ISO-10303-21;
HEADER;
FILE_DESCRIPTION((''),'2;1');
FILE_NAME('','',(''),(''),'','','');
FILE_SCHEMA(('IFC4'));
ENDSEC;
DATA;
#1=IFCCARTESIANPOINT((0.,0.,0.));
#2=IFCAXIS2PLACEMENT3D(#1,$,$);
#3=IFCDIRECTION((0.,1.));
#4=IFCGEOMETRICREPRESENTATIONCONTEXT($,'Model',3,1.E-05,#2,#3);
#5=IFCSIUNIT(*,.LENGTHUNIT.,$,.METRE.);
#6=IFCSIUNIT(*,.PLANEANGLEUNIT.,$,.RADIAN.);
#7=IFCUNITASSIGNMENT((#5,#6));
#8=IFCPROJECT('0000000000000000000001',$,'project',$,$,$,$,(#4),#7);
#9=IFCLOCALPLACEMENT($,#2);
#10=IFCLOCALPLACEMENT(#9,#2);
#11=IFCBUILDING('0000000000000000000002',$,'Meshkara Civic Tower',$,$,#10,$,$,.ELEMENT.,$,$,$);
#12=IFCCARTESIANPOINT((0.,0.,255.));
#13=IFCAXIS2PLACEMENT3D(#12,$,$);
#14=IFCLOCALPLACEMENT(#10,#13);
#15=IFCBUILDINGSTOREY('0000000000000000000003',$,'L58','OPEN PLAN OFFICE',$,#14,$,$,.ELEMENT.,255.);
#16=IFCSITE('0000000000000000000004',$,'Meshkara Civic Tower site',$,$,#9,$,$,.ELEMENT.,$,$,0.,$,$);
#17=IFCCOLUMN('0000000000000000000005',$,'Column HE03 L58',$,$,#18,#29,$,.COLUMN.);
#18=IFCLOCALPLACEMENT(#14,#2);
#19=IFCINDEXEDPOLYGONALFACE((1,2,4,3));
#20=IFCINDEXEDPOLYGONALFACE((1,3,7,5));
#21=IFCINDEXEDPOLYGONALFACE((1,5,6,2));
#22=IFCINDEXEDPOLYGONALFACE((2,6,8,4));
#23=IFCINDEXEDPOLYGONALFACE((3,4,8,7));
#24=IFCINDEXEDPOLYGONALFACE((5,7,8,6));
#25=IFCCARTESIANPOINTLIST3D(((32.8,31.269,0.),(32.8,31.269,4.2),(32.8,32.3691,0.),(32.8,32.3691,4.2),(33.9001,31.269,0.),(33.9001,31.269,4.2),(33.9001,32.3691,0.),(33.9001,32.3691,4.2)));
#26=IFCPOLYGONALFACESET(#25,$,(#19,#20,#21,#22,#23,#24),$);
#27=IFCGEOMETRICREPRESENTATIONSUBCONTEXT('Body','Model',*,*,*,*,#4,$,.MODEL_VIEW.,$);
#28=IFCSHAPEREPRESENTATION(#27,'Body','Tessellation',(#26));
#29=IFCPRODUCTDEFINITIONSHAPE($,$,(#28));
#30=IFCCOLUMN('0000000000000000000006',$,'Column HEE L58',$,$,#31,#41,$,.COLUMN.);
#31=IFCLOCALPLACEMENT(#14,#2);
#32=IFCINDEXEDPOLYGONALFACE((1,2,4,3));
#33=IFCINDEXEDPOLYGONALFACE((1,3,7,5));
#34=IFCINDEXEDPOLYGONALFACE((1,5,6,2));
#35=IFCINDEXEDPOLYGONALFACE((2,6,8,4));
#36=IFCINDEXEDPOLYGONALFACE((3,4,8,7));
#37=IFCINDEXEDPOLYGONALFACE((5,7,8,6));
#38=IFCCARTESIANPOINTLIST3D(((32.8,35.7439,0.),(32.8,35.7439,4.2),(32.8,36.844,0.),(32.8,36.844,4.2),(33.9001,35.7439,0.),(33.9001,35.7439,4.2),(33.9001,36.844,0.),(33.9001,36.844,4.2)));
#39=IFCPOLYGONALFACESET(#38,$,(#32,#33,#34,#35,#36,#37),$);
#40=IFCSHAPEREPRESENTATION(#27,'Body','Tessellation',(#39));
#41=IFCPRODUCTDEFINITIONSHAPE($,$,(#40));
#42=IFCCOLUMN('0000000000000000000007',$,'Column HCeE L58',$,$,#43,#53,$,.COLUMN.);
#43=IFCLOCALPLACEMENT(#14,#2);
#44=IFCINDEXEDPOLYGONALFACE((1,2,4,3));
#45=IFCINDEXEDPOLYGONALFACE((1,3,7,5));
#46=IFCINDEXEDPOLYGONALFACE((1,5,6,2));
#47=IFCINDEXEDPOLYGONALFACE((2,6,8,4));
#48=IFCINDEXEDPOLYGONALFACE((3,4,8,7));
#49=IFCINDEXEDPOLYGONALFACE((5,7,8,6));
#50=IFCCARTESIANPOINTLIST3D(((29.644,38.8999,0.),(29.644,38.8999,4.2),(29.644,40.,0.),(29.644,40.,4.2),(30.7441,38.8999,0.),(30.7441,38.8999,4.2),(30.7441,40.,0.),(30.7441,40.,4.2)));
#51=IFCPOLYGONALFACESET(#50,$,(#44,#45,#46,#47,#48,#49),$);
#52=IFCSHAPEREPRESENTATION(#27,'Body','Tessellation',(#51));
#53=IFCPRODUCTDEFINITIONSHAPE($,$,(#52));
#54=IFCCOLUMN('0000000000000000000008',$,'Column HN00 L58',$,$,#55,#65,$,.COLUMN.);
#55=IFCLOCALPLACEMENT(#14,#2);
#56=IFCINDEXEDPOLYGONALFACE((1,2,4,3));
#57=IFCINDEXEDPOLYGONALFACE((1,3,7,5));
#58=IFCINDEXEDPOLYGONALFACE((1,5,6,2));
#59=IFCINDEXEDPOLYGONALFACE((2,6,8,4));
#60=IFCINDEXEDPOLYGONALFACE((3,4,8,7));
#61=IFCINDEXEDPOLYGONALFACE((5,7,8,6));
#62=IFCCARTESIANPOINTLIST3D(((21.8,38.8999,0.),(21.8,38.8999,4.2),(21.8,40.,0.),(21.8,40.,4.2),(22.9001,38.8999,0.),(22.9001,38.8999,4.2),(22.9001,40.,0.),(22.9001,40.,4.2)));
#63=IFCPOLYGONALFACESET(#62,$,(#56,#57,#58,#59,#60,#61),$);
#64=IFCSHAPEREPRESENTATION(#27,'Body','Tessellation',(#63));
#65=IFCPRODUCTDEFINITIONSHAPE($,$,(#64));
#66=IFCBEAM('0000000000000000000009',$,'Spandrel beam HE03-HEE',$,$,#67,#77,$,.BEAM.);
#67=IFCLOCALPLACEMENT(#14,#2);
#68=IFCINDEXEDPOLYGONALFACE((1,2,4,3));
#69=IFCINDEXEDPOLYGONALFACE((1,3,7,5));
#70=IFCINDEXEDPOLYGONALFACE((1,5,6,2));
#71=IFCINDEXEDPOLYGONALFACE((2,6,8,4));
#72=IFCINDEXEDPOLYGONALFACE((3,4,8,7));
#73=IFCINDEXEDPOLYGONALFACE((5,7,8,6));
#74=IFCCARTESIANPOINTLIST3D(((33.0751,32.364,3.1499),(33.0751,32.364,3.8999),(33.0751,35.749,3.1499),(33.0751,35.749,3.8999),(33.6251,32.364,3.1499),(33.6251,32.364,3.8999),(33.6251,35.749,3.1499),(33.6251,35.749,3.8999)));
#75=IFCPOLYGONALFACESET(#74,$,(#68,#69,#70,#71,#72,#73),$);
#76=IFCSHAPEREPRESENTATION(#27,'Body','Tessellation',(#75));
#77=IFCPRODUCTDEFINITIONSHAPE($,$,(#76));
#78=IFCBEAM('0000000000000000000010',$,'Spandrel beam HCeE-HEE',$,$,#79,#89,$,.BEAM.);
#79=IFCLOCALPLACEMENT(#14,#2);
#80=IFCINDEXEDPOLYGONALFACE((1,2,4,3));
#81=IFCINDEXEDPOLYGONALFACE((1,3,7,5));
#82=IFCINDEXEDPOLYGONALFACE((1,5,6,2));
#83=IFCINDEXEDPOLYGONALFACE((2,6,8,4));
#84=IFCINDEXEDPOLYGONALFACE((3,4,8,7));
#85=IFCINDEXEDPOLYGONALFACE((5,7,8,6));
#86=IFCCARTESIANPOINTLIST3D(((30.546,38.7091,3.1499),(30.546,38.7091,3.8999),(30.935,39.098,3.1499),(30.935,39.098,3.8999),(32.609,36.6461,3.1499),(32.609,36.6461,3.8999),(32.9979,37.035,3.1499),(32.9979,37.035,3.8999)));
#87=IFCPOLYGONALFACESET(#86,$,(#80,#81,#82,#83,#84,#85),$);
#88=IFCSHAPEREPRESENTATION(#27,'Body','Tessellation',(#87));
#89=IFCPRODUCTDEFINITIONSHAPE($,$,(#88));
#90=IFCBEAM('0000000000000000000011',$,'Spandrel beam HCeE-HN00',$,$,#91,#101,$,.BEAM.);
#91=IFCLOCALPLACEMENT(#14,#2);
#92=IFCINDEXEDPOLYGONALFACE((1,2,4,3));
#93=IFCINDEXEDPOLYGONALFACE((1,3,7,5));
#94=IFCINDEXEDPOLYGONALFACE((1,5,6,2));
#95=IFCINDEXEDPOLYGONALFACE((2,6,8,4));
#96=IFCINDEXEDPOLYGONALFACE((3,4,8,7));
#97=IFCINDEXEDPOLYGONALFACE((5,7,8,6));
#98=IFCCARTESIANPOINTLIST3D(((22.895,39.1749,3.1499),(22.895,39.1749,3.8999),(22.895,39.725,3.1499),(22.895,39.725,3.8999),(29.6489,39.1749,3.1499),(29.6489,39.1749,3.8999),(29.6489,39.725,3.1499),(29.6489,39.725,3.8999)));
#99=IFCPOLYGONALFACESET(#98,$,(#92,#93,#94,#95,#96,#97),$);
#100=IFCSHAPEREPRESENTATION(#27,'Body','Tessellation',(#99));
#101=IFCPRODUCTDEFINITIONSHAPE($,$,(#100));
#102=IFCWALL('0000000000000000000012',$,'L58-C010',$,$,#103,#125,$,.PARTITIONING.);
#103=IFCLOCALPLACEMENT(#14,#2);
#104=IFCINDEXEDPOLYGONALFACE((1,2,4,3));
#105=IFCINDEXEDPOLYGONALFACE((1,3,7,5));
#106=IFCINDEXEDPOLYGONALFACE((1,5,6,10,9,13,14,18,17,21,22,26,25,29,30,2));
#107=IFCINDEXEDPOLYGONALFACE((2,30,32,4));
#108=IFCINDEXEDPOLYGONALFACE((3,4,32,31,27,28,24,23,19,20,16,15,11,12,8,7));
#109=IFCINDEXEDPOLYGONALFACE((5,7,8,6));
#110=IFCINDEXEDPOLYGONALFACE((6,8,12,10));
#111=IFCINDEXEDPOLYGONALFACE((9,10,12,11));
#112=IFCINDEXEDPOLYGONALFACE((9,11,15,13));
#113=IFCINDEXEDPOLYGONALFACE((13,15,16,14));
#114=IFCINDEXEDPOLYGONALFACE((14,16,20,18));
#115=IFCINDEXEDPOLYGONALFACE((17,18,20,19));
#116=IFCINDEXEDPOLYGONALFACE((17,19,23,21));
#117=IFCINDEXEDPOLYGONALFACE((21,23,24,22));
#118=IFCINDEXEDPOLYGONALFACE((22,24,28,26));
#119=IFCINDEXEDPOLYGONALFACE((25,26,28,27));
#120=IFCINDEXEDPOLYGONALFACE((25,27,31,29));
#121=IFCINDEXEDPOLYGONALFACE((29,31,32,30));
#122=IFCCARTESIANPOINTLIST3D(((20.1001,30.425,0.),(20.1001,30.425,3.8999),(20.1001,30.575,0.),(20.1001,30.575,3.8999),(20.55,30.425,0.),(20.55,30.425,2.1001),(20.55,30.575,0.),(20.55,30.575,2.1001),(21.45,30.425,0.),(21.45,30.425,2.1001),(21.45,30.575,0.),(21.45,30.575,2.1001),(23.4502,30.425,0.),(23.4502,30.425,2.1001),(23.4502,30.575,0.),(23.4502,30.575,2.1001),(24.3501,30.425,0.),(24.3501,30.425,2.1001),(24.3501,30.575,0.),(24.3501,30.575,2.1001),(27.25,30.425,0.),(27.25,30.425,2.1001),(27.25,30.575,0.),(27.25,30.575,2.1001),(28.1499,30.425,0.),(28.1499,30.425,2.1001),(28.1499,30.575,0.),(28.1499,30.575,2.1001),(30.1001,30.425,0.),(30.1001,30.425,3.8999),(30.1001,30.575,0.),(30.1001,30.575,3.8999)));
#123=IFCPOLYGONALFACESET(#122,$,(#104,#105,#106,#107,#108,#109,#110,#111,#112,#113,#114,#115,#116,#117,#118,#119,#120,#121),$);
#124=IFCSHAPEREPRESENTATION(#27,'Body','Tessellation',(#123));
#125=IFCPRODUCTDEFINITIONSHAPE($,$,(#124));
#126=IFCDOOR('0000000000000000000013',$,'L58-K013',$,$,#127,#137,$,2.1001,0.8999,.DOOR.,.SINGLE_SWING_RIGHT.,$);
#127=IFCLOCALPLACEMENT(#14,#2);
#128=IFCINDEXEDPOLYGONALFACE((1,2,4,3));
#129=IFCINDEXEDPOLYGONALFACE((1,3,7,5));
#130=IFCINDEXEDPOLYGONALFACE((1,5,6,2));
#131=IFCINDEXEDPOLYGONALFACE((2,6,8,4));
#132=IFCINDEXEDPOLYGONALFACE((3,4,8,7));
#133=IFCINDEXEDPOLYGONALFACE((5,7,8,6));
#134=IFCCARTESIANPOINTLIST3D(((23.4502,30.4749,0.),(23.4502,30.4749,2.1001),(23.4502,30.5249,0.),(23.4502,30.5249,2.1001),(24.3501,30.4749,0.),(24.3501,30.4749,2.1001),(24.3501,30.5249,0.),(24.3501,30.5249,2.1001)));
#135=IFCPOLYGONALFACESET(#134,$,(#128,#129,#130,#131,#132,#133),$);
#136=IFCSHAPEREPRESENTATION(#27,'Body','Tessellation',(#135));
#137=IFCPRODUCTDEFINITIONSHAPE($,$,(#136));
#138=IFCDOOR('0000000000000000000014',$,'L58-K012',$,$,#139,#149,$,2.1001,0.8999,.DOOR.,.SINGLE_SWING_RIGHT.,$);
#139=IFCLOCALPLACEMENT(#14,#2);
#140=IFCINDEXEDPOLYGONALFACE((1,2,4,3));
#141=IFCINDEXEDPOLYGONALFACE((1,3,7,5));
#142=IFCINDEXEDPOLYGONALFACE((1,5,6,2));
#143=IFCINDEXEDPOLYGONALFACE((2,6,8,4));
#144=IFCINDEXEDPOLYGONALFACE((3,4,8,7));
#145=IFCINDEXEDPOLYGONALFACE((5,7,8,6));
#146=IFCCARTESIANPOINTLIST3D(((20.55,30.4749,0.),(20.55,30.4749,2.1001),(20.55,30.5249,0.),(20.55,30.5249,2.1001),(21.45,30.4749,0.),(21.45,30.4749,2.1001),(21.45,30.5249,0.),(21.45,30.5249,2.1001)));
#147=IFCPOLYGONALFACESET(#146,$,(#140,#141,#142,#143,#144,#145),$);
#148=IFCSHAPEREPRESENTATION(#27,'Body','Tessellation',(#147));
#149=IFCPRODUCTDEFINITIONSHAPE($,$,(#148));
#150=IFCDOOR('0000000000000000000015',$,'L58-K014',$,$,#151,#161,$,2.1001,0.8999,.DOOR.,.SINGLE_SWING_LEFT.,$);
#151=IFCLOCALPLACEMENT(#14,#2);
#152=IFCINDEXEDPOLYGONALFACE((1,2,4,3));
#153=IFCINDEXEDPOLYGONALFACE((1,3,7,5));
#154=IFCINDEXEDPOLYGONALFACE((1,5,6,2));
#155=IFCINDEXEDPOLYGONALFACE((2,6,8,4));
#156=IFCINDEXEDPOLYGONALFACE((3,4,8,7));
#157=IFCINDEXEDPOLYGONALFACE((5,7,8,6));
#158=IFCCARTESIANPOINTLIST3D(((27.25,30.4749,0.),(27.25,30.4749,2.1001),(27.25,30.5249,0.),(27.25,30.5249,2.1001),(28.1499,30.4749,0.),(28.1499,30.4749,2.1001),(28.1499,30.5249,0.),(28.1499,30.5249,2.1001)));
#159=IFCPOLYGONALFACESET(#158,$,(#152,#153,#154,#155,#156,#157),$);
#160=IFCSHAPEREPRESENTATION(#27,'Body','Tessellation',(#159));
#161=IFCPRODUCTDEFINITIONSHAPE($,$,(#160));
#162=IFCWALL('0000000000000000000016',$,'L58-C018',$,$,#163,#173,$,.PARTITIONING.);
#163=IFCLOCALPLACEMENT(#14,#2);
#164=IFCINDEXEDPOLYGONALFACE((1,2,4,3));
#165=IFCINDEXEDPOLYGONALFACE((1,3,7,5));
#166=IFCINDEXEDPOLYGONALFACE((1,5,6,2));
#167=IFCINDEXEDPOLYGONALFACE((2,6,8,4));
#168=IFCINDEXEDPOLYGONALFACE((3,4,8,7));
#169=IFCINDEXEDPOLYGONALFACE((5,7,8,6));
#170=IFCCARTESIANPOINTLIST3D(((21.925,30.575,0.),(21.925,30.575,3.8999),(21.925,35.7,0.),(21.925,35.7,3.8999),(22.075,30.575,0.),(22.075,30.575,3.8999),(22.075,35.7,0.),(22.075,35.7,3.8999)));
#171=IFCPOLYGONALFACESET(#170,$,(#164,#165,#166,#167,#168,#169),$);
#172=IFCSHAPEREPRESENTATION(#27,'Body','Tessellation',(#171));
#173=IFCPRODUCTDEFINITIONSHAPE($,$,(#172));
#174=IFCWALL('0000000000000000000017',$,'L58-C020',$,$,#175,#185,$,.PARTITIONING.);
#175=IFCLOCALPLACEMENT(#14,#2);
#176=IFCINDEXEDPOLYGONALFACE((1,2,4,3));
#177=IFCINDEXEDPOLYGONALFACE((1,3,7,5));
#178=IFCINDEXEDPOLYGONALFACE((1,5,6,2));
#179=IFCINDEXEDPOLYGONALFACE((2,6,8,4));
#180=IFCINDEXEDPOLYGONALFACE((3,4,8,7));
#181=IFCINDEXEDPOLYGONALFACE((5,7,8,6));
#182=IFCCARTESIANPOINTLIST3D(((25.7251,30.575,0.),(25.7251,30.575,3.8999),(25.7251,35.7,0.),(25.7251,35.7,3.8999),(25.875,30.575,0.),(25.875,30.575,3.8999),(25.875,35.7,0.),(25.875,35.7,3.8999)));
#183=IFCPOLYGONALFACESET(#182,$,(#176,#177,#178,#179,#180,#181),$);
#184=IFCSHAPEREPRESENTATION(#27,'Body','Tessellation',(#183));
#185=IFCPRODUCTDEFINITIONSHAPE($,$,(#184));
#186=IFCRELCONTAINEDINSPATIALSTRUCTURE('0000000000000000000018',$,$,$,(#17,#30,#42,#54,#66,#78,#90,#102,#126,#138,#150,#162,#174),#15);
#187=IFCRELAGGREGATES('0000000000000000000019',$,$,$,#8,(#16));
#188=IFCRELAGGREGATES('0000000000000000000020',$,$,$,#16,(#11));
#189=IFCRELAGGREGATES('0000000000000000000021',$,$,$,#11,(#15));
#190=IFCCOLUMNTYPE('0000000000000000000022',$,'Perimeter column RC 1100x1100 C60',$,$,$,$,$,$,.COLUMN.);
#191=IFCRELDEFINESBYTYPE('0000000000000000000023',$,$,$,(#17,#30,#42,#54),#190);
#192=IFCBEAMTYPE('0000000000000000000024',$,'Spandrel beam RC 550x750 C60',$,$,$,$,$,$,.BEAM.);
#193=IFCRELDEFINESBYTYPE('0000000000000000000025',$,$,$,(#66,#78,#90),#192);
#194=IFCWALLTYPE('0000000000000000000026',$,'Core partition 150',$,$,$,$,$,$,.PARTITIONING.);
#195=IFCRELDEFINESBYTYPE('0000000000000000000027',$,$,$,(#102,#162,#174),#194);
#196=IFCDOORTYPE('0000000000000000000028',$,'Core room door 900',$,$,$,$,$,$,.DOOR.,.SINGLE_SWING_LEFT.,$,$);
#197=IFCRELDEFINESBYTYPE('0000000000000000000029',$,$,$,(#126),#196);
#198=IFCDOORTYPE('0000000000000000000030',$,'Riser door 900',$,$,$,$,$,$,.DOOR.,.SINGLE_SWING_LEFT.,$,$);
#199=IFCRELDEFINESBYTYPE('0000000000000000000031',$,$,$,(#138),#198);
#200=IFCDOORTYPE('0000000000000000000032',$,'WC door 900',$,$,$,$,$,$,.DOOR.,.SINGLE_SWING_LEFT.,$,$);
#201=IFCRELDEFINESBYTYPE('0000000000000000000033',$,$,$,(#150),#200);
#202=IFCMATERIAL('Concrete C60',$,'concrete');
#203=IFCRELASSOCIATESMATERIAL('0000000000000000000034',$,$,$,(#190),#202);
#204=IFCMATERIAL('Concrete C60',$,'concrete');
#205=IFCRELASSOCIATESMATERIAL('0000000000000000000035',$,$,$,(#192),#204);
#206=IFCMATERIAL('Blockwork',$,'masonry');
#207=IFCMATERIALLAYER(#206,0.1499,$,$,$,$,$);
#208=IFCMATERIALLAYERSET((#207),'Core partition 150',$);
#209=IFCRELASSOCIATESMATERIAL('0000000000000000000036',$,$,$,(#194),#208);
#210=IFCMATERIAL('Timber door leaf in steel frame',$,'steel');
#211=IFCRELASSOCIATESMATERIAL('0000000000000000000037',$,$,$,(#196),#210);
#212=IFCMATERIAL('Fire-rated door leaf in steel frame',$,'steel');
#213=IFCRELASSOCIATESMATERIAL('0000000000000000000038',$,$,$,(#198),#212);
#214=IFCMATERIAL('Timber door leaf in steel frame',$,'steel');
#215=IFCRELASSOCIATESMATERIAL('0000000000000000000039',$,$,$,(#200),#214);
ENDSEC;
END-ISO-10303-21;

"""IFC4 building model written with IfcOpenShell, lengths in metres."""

from ifc_helpers import new_model, si_unit, direction, frame, frame_2d, origin, origin_2d, place, context, subcontext, project, spatial, rectangle, extrude, material, layer, layer_set, material_profile, profile_set, type_object, element, fill, save


model = new_model("IFC4")

# Units and contexts
model_context = context("Model", 3, precision=1e-05, world=origin(), true_north=direction((0.0, 1.0)))
body_context = subcontext(model_context, "Body", "Model", "MODEL_VIEW")
ifc_project = project(units=[si_unit("LENGTHUNIT", "METRE"), si_unit("PLANEANGLEUNIT", "RADIAN")], contexts=[model_context])

# Site, building, storey
site_placement = place(None, origin())
site = spatial("IfcSite", under=ifc_project, at=site_placement, Name="Meshkara Civic Tower site", CompositionType="ELEMENT", RefElevation=0.0)
building_placement = place(site_placement, origin())
building = spatial("IfcBuilding", under=site, at=building_placement, Name="Meshkara Civic Tower", CompositionType="ELEMENT")
storey_placement = place(building_placement, frame((0.0, 0.0, 255.0)))
storey = spatial("IfcBuildingStorey", under=building, at=storey_placement, Name="L58", Description="OPEN PLAN OFFICE", CompositionType="ELEMENT", Elevation=255.0)

# Columns
ifc_material_1 = material(Name="Concrete C60", Category="concrete")
ifc_material_profile_1 = material_profile(ifc_material_1, rectangle(XDim=1.1001, YDim=1.1001, at=origin_2d()))
ifc_profile_set_1 = profile_set([ifc_material_profile_1], Name="Concrete C60")
column_type = type_object("IfcColumnType", Name="Perimeter column RC 1100x1100 C60", PredefinedType="COLUMN", material=ifc_profile_set_1)
for number, where, z_axis, x_axis, name in (
    (1, (33.3501, 31.8191, 0.0), (0.0, 0.0, 1.0), (1.0, 0.0, 0.0), "Column HE03 L58"),
    (2, (33.3501, 36.2939, 0.0), (0.0, 0.0, 1.0), (1.0, 0.0, 0.0), "Column HEE L58"),
    (3, (30.1941, 39.45, 0.0), (0.0, 0.0, 1.0), (1.0, 0.0, 0.0), "Column HCeE L58"),
    (4, (22.3501, 39.45, 0.0), (0.0, 0.0, 1.0), (1.0, 0.0, 0.0), "Column HN00 L58"),
):
    element("IfcColumn", number, at=place(storey_placement, frame(where, z_axis=z_axis, x_axis=x_axis)), inside=storey, type_object=column_type, Name=name, PredefinedType="COLUMN", context=body_context, shape_type="SweptSolid", body=[
        extrude(rectangle(XDim=1.1001, YDim=1.1001, at=origin_2d()), origin(), (0.0, 0.0, 1.0), 4.2),
    ])

# Beams
ifc_material_2 = material(Name="Concrete C60", Category="concrete")
ifc_material_profile_2 = material_profile(ifc_material_2, rectangle(XDim=0.55, YDim=0.75, at=origin_2d()))
ifc_profile_set_2 = profile_set([ifc_material_profile_2], Name="Concrete C60")
beam_type = type_object("IfcBeamType", Name="Spandrel beam RC 550x750 C60", PredefinedType="BEAM", material=ifc_profile_set_2)
beam_1_placement = place(storey_placement, frame((33.3501, 32.364, 3.5249), z_axis=(0.0, 1.0, 0.0), x_axis=(-1.0, 0.0, 0.0)))
element("IfcBeam", 5, at=beam_1_placement, inside=storey, type_object=beam_type, Name="Spandrel beam HE03-HEE", PredefinedType="BEAM", context=body_context, shape_type="SweptSolid", body=[
    extrude(rectangle(XDim=0.55, YDim=0.75, at=origin_2d()), origin(), (0.0, 0.0, 1.0), 3.385),
])
beam_2_placement = place(storey_placement, frame((32.8035, 36.8406, 3.5249), z_axis=(-0.707107, 0.707107, 0.0), x_axis=(-0.707107, -0.707107, 0.0)))
element("IfcBeam", 6, at=beam_2_placement, inside=storey, type_object=beam_type, Name="Spandrel beam HCeE-HEE", PredefinedType="BEAM", context=body_context, shape_type="SweptSolid", body=[
    extrude(rectangle(XDim=0.55, YDim=0.75, at=origin_2d()), origin(), (0.0, 0.0, 1.0), 2.9175),
])
beam_3_placement = place(storey_placement, frame((29.6489, 39.45, 3.5249), z_axis=(-1.0, 0.0, 0.0), x_axis=(0.0, -1.0, 0.0)))
element("IfcBeam", 7, at=beam_3_placement, inside=storey, type_object=beam_type, Name="Spandrel beam HCeE-HN00", PredefinedType="BEAM", context=body_context, shape_type="SweptSolid", body=[
    extrude(rectangle(XDim=0.55, YDim=0.75, at=origin_2d()), origin(), (0.0, 0.0, 1.0), 6.7539),
])

# Wall, openings, doors
ifc_material_3 = material(Name="Blockwork", Category="masonry")
ifc_layer_1 = layer(ifc_material_3, 0.1499)
ifc_layer_set_1 = layer_set([ifc_layer_1], Name="Core partition 150")
wall_type_1 = type_object("IfcWallType", Name="Core partition 150", PredefinedType="PARTITIONING", material=ifc_layer_set_1)
wall_1_placement = place(storey_placement, frame((20.1001, 30.5, 0.0), z_axis=(0.0, 0.0, 1.0), x_axis=(1.0, 0.0, 0.0)))
wall_1 = element("IfcWall", 8, at=wall_1_placement, inside=storey, type_object=wall_type_1, Name="L58-C010", PredefinedType="PARTITIONING", context=body_context, shape_type="SweptSolid", body=[
    extrude(rectangle(XDim=10.0, YDim=0.1499, at=frame_2d((5.0, 0.0))), origin(), (0.0, 0.0, 1.0), 3.8999),
])
opening_1_placement = place(wall_1_placement, frame((0.45, 0.0, 0.0)))
opening_1 = element("IfcOpeningElement", 9, at=opening_1_placement, cuts=wall_1, PredefinedType="OPENING", context=body_context, shape_type="SweptSolid", body=[
    extrude(rectangle(XDim=0.8999, YDim=2.1001, at=frame_2d((0.45, 1.05))), frame((0.0, 0.085, 0.0), z_axis=(0.0, -1.0, 0.0), x_axis=(1.0, 0.0, 0.0)), (0.0, 0.0, 1.0), 0.1699),
])
opening_2_placement = place(wall_1_placement, frame((3.3501, 0.0, 0.0)))
opening_2 = element("IfcOpeningElement", 10, at=opening_2_placement, cuts=wall_1, PredefinedType="OPENING", context=body_context, shape_type="SweptSolid", body=[
    extrude(rectangle(XDim=0.8999, YDim=2.1001, at=frame_2d((0.45, 1.05))), frame((0.0, 0.085, 0.0), z_axis=(0.0, -1.0, 0.0), x_axis=(1.0, 0.0, 0.0)), (0.0, 0.0, 1.0), 0.1699),
])
opening_3_placement = place(wall_1_placement, frame((7.1499, 0.0, 0.0)))
opening_3 = element("IfcOpeningElement", 11, at=opening_3_placement, cuts=wall_1, PredefinedType="OPENING", context=body_context, shape_type="SweptSolid", body=[
    extrude(rectangle(XDim=0.8999, YDim=2.1001, at=frame_2d((0.45, 1.05))), frame((0.0, 0.085, 0.0), z_axis=(0.0, -1.0, 0.0), x_axis=(1.0, 0.0, 0.0)), (0.0, 0.0, 1.0), 0.1699),
])
ifc_material_4 = material(Name="Timber door leaf in steel frame", Category="steel")
door_type_1 = type_object("IfcDoorType", Name="Core room door 900", OperationType="SINGLE_SWING_LEFT", PredefinedType="DOOR", material=ifc_material_4)
door_1_placement = place(opening_2_placement, origin())
door_1 = element("IfcDoor", 12, at=door_1_placement, inside=storey, type_object=door_type_1, Name="L58-K013", OperationType="SINGLE_SWING_RIGHT", OverallHeight=2.1001, OverallWidth=0.8999, PredefinedType="DOOR", context=body_context, shape_type="SweptSolid", body=[
    extrude(rectangle(XDim=0.8999, YDim=2.1001, at=frame_2d((0.45, 1.05))), frame((0.0, 0.0249, 0.0), z_axis=(0.0, -1.0, 0.0), x_axis=(1.0, 0.0, 0.0)), (0.0, 0.0, 1.0), 0.05),
])
fill(opening_2, door_1)
ifc_material_5 = material(Name="Fire-rated door leaf in steel frame", Category="steel")
door_type_2 = type_object("IfcDoorType", Name="Riser door 900", OperationType="SINGLE_SWING_LEFT", PredefinedType="DOOR", material=ifc_material_5)
door_2_placement = place(opening_1_placement, origin())
door_2 = element("IfcDoor", 13, at=door_2_placement, inside=storey, type_object=door_type_2, Name="L58-K012", OperationType="SINGLE_SWING_RIGHT", OverallHeight=2.1001, OverallWidth=0.8999, PredefinedType="DOOR", context=body_context, shape_type="SweptSolid", body=[
    extrude(rectangle(XDim=0.8999, YDim=2.1001, at=frame_2d((0.45, 1.05))), frame((0.0, 0.0249, 0.0), z_axis=(0.0, -1.0, 0.0), x_axis=(1.0, 0.0, 0.0)), (0.0, 0.0, 1.0), 0.05),
])
fill(opening_1, door_2)
ifc_material_6 = material(Name="Timber door leaf in steel frame", Category="steel")
door_type_3 = type_object("IfcDoorType", Name="WC door 900", OperationType="SINGLE_SWING_LEFT", PredefinedType="DOOR", material=ifc_material_6)
door_3_placement = place(opening_3_placement, origin())
door_3 = element("IfcDoor", 14, at=door_3_placement, inside=storey, type_object=door_type_3, Name="L58-K014", OperationType="SINGLE_SWING_LEFT", OverallHeight=2.1001, OverallWidth=0.8999, PredefinedType="DOOR", context=body_context, shape_type="SweptSolid", body=[
    extrude(rectangle(XDim=0.8999, YDim=2.1001, at=frame_2d((0.45, 1.05))), frame((0.0, 0.0249, 0.0), z_axis=(0.0, -1.0, 0.0), x_axis=(1.0, 0.0, 0.0)), (0.0, 0.0, 1.0), 0.05),
])
fill(opening_3, door_3)

# Walls
for number, where, z_axis, x_axis, name in (
    (15, (22.0, 30.575, 0.0), (0.0, 0.0, 1.0), (0.0, 1.0, 0.0), "L58-C018"),
    (16, (25.8, 30.575, 0.0), (0.0, 0.0, 1.0), (0.0, 1.0, 0.0), "L58-C020"),
):
    element("IfcWall", number, at=place(storey_placement, frame(where, z_axis=z_axis, x_axis=x_axis)), inside=storey, type_object=wall_type_1, Name=name, PredefinedType="PARTITIONING", context=body_context, shape_type="SweptSolid", body=[
        extrude(rectangle(XDim=5.125, YDim=0.1499, at=frame_2d((2.5625, 0.0))), origin(), (0.0, 0.0, 1.0), 3.8999),
    ])

save(model, "model.ifc")
